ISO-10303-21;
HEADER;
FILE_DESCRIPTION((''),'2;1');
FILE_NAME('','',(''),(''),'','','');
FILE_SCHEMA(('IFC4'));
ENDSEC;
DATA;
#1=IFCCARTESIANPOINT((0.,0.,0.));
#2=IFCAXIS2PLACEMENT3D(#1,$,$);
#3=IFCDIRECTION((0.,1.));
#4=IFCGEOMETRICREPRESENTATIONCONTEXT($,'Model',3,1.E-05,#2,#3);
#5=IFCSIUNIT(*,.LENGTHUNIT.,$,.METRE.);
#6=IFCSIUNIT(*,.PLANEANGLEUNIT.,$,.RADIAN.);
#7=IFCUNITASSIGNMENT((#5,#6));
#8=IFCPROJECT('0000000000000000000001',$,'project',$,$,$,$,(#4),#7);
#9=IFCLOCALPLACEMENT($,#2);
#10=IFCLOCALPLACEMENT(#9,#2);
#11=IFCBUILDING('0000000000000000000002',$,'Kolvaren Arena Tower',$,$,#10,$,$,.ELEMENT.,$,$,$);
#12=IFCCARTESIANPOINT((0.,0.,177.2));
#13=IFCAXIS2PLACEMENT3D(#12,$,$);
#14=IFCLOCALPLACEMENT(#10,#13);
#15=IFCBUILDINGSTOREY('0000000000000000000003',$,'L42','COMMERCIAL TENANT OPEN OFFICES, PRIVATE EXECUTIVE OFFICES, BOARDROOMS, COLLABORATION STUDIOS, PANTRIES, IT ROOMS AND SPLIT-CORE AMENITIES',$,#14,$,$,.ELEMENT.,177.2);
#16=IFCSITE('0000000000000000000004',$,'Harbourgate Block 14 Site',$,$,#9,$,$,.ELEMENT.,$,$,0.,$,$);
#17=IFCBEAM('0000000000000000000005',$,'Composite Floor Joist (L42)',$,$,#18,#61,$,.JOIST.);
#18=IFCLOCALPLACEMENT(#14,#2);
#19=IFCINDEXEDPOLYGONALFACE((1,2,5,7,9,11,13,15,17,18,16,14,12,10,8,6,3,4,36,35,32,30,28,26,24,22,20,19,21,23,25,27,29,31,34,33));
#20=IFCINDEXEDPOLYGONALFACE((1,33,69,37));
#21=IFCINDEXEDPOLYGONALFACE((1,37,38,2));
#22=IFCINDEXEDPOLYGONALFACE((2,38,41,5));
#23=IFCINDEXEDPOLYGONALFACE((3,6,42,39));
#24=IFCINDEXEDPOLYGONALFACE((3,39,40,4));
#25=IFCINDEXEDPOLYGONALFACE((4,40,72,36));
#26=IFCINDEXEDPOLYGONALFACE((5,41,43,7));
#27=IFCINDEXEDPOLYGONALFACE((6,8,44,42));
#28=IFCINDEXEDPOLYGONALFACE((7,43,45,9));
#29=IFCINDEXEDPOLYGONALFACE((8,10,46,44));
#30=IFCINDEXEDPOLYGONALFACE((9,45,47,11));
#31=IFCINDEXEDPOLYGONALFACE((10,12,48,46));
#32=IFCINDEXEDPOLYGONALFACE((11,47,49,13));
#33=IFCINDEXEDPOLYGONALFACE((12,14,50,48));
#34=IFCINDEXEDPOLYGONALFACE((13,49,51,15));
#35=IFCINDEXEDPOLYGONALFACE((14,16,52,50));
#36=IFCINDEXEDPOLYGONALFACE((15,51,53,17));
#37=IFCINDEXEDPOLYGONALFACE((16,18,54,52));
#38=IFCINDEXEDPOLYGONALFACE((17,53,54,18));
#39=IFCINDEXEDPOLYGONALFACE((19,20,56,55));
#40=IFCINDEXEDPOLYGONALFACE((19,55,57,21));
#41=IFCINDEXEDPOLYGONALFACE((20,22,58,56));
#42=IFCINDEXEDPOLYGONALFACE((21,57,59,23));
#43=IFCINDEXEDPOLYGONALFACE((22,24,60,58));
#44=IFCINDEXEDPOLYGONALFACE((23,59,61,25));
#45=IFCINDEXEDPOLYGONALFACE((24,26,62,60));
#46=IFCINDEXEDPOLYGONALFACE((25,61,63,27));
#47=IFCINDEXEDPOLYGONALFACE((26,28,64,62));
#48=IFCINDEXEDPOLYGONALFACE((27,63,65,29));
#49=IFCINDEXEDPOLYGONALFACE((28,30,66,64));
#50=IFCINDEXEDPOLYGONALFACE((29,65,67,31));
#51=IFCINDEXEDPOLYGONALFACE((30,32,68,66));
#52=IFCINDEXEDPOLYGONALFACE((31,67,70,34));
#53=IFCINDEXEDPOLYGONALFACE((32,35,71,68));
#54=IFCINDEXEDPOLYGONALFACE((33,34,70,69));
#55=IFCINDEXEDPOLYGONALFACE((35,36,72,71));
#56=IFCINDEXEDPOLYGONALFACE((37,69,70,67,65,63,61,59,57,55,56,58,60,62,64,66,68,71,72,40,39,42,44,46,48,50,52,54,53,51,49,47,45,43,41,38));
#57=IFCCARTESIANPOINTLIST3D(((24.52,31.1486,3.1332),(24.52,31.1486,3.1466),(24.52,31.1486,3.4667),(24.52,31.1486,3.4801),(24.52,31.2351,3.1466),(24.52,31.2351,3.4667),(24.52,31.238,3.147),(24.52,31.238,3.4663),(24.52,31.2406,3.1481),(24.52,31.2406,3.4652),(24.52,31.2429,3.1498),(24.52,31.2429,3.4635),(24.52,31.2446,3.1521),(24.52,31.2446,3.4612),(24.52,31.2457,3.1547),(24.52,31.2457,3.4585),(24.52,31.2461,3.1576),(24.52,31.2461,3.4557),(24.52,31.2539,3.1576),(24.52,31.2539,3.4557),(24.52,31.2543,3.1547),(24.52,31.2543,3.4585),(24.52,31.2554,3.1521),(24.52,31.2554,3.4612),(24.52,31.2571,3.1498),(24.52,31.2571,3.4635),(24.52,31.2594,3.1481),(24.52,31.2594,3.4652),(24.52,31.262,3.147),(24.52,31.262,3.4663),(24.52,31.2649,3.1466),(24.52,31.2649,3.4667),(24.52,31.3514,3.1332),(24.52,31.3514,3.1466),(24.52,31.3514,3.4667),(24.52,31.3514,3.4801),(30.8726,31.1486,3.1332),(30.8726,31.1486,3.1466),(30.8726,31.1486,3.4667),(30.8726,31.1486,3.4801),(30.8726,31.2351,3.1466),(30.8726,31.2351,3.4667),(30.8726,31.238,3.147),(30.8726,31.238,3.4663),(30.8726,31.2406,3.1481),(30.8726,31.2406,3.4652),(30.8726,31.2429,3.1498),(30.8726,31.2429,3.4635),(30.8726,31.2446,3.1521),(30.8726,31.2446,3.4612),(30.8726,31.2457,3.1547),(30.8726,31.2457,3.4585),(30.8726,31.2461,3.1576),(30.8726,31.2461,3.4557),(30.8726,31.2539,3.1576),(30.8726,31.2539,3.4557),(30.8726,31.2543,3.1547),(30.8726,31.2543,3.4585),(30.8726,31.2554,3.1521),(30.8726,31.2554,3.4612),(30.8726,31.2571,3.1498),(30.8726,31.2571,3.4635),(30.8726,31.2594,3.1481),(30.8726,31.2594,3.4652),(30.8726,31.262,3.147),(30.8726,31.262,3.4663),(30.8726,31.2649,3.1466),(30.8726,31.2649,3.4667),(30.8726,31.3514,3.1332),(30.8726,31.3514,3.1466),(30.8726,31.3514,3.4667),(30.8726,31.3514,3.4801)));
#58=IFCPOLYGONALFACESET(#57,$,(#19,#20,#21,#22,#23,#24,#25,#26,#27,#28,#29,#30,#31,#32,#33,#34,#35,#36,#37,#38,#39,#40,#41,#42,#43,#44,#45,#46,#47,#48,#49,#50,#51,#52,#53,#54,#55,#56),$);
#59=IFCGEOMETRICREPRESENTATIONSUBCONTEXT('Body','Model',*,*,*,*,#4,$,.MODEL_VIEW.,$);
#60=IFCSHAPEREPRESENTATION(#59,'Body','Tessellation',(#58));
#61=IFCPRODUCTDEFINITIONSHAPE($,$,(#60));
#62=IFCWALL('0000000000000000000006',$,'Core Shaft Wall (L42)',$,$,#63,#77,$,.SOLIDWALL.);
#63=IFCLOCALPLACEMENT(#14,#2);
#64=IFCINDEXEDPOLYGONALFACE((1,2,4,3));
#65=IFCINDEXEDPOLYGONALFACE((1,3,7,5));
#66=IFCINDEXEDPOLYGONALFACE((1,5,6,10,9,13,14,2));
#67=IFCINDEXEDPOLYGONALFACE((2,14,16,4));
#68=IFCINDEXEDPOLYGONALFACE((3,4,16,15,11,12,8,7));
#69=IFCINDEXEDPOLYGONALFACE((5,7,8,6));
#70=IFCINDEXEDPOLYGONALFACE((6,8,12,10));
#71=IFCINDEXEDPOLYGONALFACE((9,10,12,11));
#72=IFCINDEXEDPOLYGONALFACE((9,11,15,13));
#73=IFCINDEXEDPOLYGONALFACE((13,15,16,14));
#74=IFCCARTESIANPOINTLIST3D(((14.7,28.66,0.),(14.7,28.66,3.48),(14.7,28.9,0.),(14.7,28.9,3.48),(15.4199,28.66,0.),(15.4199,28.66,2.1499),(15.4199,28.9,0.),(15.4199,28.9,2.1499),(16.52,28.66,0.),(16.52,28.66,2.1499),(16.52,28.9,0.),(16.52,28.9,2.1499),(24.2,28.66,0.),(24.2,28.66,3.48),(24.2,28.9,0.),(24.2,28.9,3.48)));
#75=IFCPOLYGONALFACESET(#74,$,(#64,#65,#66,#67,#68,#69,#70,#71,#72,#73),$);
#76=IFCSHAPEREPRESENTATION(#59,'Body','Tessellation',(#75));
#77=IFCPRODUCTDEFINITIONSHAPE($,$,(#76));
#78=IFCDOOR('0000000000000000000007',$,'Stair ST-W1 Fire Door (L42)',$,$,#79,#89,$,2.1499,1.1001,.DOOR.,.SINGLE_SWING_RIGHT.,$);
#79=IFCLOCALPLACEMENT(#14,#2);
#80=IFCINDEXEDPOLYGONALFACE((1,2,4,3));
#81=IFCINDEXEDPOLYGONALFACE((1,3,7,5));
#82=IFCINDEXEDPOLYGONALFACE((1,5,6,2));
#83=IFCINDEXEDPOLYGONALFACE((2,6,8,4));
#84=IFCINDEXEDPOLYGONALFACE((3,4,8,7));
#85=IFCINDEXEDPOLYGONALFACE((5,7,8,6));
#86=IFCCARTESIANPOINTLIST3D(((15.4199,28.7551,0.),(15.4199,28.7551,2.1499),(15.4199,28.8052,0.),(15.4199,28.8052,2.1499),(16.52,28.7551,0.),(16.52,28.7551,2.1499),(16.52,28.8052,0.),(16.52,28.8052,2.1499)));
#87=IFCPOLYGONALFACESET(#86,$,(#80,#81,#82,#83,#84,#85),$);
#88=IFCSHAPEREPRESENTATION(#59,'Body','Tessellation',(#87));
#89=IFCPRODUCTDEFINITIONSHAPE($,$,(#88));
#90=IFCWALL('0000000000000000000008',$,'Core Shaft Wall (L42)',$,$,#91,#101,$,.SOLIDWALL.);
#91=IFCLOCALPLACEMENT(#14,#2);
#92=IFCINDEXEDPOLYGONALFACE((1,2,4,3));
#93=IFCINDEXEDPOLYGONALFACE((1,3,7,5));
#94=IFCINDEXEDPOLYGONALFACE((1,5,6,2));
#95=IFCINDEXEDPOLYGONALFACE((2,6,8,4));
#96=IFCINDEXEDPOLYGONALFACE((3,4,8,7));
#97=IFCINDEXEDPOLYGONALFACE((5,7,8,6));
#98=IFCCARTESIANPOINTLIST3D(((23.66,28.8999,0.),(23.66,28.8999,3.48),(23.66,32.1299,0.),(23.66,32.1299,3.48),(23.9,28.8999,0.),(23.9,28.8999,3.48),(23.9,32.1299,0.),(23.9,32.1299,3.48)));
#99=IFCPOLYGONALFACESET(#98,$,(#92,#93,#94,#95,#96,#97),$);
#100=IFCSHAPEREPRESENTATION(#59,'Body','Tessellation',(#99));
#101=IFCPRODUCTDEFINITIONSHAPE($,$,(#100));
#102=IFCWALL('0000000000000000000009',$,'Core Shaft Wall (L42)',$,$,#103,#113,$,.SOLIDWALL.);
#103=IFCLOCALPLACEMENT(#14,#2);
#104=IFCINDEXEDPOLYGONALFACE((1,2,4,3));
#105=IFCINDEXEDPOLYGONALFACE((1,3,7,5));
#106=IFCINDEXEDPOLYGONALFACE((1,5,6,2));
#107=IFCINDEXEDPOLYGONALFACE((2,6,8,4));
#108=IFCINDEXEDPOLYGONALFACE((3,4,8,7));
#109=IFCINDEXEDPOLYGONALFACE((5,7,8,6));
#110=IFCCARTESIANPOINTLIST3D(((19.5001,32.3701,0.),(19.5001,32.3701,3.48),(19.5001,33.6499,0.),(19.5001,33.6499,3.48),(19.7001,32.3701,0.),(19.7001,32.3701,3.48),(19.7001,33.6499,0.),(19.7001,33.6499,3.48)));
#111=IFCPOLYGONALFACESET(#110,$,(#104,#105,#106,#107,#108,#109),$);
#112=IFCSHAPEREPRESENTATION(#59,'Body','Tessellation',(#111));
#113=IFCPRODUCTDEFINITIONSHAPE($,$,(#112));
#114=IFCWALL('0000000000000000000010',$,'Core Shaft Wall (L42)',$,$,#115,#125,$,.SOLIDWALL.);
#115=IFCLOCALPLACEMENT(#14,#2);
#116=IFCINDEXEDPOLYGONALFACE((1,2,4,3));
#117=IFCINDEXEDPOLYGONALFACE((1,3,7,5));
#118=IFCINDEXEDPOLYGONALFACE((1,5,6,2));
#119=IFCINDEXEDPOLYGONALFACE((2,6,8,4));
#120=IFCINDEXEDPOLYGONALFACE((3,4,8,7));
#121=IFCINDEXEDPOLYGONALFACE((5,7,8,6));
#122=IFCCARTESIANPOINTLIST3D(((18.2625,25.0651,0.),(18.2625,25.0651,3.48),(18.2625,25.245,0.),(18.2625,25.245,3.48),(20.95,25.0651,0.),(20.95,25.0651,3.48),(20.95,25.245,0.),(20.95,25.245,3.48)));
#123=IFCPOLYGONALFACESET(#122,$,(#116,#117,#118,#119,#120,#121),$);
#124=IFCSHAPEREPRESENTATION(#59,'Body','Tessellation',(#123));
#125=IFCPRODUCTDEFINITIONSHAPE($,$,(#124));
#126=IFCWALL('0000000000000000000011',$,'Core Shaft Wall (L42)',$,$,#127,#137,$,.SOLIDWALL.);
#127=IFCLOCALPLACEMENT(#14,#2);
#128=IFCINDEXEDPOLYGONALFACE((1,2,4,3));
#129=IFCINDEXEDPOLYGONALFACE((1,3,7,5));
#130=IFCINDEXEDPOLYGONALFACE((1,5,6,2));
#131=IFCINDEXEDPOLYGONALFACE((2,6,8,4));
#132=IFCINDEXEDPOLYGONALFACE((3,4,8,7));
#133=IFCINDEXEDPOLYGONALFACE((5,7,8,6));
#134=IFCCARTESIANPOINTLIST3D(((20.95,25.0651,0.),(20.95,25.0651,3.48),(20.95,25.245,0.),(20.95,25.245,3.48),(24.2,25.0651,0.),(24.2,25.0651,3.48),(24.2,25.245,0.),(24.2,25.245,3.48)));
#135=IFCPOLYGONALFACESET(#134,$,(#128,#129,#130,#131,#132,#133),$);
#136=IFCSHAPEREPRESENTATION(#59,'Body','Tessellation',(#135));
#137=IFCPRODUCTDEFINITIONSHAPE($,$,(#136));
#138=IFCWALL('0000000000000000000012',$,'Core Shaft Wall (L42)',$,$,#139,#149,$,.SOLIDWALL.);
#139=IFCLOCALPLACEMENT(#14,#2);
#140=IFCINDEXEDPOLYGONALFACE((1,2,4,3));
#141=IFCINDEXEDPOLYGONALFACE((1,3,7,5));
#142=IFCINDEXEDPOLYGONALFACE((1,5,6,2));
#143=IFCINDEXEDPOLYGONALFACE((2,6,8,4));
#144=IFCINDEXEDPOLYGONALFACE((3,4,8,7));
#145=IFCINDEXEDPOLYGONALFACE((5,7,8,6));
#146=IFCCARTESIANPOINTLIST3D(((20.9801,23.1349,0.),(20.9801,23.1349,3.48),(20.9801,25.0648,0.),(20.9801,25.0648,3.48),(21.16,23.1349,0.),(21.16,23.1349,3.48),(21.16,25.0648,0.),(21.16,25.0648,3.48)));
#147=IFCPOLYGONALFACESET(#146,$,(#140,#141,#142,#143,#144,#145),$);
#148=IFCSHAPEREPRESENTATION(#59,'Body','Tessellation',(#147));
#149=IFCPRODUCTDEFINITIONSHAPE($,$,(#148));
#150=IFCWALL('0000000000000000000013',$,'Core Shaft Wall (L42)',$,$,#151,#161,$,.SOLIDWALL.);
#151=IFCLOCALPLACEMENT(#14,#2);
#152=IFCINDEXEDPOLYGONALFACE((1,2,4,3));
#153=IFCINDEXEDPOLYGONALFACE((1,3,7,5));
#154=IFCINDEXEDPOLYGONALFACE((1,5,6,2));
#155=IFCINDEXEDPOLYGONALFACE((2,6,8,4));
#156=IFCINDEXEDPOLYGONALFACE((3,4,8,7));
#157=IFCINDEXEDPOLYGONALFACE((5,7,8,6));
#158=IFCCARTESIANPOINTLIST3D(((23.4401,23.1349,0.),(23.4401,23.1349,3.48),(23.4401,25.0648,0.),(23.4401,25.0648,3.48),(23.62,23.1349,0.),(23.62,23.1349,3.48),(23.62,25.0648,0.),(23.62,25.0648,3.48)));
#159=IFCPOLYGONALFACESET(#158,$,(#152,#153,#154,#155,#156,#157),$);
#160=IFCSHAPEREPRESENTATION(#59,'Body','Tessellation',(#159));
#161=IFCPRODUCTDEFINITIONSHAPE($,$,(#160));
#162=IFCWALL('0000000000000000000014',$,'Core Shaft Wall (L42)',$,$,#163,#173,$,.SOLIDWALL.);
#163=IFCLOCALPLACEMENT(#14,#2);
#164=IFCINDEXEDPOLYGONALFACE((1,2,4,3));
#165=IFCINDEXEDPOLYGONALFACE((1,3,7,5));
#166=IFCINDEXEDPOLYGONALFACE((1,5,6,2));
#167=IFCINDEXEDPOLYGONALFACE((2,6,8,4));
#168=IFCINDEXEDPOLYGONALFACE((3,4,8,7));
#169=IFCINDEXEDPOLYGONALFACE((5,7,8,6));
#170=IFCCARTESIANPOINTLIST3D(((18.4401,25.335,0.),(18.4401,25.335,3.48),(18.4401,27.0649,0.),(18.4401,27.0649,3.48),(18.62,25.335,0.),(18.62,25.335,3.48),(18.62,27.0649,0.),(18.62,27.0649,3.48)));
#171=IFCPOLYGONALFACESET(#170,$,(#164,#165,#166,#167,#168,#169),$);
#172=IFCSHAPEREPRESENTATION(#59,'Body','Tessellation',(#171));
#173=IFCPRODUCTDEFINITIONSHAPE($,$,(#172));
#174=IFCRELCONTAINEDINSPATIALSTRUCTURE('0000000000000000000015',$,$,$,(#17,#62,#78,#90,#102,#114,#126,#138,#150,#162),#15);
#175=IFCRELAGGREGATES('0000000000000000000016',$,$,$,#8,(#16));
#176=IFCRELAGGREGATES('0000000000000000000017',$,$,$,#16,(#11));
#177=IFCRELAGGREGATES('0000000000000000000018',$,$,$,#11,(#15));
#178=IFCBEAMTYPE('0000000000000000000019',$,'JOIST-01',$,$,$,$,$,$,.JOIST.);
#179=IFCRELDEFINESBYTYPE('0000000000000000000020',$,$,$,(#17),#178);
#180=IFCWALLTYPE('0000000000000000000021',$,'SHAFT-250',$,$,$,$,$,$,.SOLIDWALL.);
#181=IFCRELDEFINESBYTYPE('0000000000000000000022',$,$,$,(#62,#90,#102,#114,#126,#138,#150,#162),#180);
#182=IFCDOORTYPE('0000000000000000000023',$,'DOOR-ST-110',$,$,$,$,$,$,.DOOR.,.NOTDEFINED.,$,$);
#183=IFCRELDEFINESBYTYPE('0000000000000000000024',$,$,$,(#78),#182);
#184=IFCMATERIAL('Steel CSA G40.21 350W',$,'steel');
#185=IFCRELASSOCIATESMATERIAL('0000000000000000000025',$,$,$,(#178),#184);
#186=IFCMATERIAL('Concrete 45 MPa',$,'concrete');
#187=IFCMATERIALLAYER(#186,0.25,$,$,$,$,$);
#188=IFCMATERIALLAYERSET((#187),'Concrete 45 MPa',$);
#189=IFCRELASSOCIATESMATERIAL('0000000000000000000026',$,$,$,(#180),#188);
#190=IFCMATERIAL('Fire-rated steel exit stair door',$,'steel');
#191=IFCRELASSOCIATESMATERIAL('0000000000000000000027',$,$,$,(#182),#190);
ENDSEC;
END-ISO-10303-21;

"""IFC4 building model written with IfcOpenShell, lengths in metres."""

from ifc_helpers import new_model, si_unit, direction, frame, frame_2d, origin, origin_2d, place, context, subcontext, project, spatial, rectangle, i_section, extrude, material, layer, layer_set, material_profile, profile_set, type_object, element, fill, save


model = new_model("IFC4")

# Units and contexts
model_context = context("Model", 3, precision=1e-05, world=origin(), true_north=direction((0.0, 1.0)))
body_context = subcontext(model_context, "Body", "Model", "MODEL_VIEW")
ifc_project = project(units=[si_unit("LENGTHUNIT", "METRE"), si_unit("PLANEANGLEUNIT", "RADIAN")], contexts=[model_context])

# Site, building, storey
site_placement = place(None, origin())
site = spatial("IfcSite", under=ifc_project, at=site_placement, Name="Harbourgate Block 14 Site", CompositionType="ELEMENT", RefElevation=0.0)
building_placement = place(site_placement, origin())
building = spatial("IfcBuilding", under=site, at=building_placement, Name="Kolvaren Arena Tower", CompositionType="ELEMENT")
storey_placement = place(building_placement, frame((0.0, 0.0, 177.2)))
storey = spatial("IfcBuildingStorey", under=building, at=storey_placement, Name="L42", Description="COMMERCIAL TENANT OPEN OFFICES, PRIVATE EXECUTIVE OFFICES, BOARDROOMS, COLLABORATION STUDIOS, PANTRIES, IT ROOMS AND SPLIT-CORE AMENITIES", CompositionType="ELEMENT", Elevation=177.2)

# Beam
ifc_material_1 = material(Name="Steel CSA G40.21 350W", Category="steel")
ifc_material_profile_1 = material_profile(ifc_material_1, i_section(OverallWidth=0.2029, OverallDepth=0.3469, WebThickness=0.0078, FlangeThickness=0.0134, FilletRadius=0.011, at=origin_2d()), Name="W360x64")
ifc_profile_set_1 = profile_set([ifc_material_profile_1], Name="Steel CSA G40.21 350W")
beam_type_1 = type_object("IfcBeamType", Name="JOIST-01", PredefinedType="JOIST", material=ifc_profile_set_1)
beam_1_placement = place(storey_placement, frame((24.52, 31.25, 3.3066), z_axis=(1.0, 0.0, 0.0), x_axis=(0.0, 1.0, 0.0)))
element("IfcBeam", 1, at=beam_1_placement, inside=storey, type_object=beam_type_1, Name="Composite Floor Joist (L42)", PredefinedType="JOIST", context=body_context, shape_type="SweptSolid", body=[
    extrude(i_section(OverallWidth=0.2029, OverallDepth=0.3469, WebThickness=0.0078, FlangeThickness=0.0134, FilletRadius=0.011, at=origin_2d()), origin(), (0.0, 0.0, 1.0), 6.3525),
])

# Wall, opening, door
ifc_material_2 = material(Name="Concrete 45 MPa", Category="concrete")
ifc_layer = layer(ifc_material_2, 0.25)
ifc_layer_set = layer_set([ifc_layer], Name="Concrete 45 MPa")
wall_type = type_object("IfcWallType", Name="SHAFT-250", PredefinedType="SOLIDWALL", material=ifc_layer_set)
wall_1_placement = place(storey_placement, frame((24.2, 28.78, 0.0), z_axis=(0.0, 0.0, 1.0), x_axis=(-1.0, 0.0, 0.0)))
wall_1 = element("IfcWall", 2, at=wall_1_placement, inside=storey, type_object=wall_type, Name="Core Shaft Wall (L42)", PredefinedType="SOLIDWALL", context=body_context, shape_type="SweptSolid", body=[
    extrude(rectangle(XDim=9.5, YDim=0.24, at=frame_2d((4.75, 0.0))), origin(), (0.0, 0.0, 1.0), 3.48),
])
opening_placement = place(wall_1_placement, frame((7.6799, 0.0, 0.0)))
opening = element("IfcOpeningElement", 3, at=opening_placement, cuts=wall_1, PredefinedType="OPENING", context=body_context, shape_type="SweptSolid", body=[
    extrude(rectangle(XDim=1.1001, YDim=2.1499, at=frame_2d((0.55, 1.075))), frame((0.0, 0.1299, 0.0), z_axis=(0.0, -1.0, 0.0), x_axis=(1.0, 0.0, 0.0)), (0.0, 0.0, 1.0), 0.26),
])
ifc_material_3 = material(Name="Fire-rated steel exit stair door", Category="steel")
door_type = type_object("IfcDoorType", Name="DOOR-ST-110", OperationType="NOTDEFINED", PredefinedType="DOOR", material=ifc_material_3)
door_placement = place(opening_placement, origin())
door = element("IfcDoor", 4, at=door_placement, inside=storey, type_object=door_type, Name="Stair ST-W1 Fire Door (L42)", OperationType="SINGLE_SWING_RIGHT", OverallHeight=2.1499, OverallWidth=1.1001, PredefinedType="DOOR", context=body_context, shape_type="SweptSolid", body=[
    extrude(rectangle(XDim=1.1001, YDim=2.1499, at=frame_2d((0.55, 1.075))), frame((0.0, 0.0249, 0.0), z_axis=(0.0, -1.0, 0.0), x_axis=(1.0, 0.0, 0.0)), (0.0, 0.0, 1.0), 0.05),
])
fill(opening, door)

# Walls
wall_2_placement = place(storey_placement, frame((23.78, 28.8999, 0.0), z_axis=(0.0, 0.0, 1.0), x_axis=(0.0, 1.0, 0.0)))
element("IfcWall", 5, at=wall_2_placement, inside=storey, type_object=wall_type, Name="Core Shaft Wall (L42)", PredefinedType="SOLIDWALL", context=body_context, shape_type="SweptSolid", body=[
    extrude(rectangle(XDim=3.23, YDim=0.24, at=frame_2d((1.615, 0.0))), origin(), (0.0, 0.0, 1.0), 3.48),
])
wall_3_placement = place(storey_placement, frame((19.6001, 32.3701, 0.0), z_axis=(0.0, 0.0, 1.0), x_axis=(0.0, 1.0, 0.0)))
element("IfcWall", 6, at=wall_3_placement, inside=storey, type_object=wall_type, Name="Core Shaft Wall (L42)", PredefinedType="SOLIDWALL", context=body_context, shape_type="SweptSolid", body=[
    extrude(rectangle(XDim=1.2798, YDim=0.2, at=frame_2d((0.6399, 0.0))), origin(), (0.0, 0.0, 1.0), 3.48),
])
wall_4_placement = place(storey_placement, frame((18.2625, 25.155, 0.0), z_axis=(0.0, 0.0, 1.0), x_axis=(1.0, 0.0, 0.0)))
element("IfcWall", 7, at=wall_4_placement, inside=storey, type_object=wall_type, Name="Core Shaft Wall (L42)", PredefinedType="SOLIDWALL", context=body_context, shape_type="SweptSolid", body=[
    extrude(rectangle(XDim=2.6875, YDim=0.1799, at=frame_2d((1.3438, 0.0))), origin(), (0.0, 0.0, 1.0), 3.48),
])
wall_5_placement = place(storey_placement, frame((20.95, 25.155, 0.0), z_axis=(0.0, 0.0, 1.0), x_axis=(1.0, 0.0, 0.0)))
element("IfcWall", 8, at=wall_5_placement, inside=storey, type_object=wall_type, Name="Core Shaft Wall (L42)", PredefinedType="SOLIDWALL", context=body_context, shape_type="SweptSolid", body=[
    extrude(rectangle(XDim=3.25, YDim=0.1799, at=frame_2d((1.625, 0.0))), origin(), (0.0, 0.0, 1.0), 3.48),
])
for number, where, z_axis, x_axis, name in (
    (9, (21.0701, 23.135, 0.0), (0.0, 0.0, 1.0), (0.0, 1.0, 0.0), "Core Shaft Wall (L42)"),
    (10, (23.53, 23.135, 0.0), (0.0, 0.0, 1.0), (0.0, 1.0, 0.0), "Core Shaft Wall (L42)"),
):
    element("IfcWall", number, at=place(storey_placement, frame(where, z_axis=z_axis, x_axis=x_axis)), inside=storey, type_object=wall_type, Name=name, PredefinedType="SOLIDWALL", context=body_context, shape_type="SweptSolid", body=[
        extrude(rectangle(XDim=1.9299, YDim=0.1799, at=frame_2d((0.9648, 0.0))), origin(), (0.0, 0.0, 1.0), 3.48),
    ])
wall_6_placement = place(storey_placement, frame((18.53, 25.335, 0.0), z_axis=(0.0, 0.0, 1.0), x_axis=(0.0, 1.0, 0.0)))
element("IfcWall", 11, at=wall_6_placement, inside=storey, type_object=wall_type, Name="Core Shaft Wall (L42)", PredefinedType="SOLIDWALL", context=body_context, shape_type="SweptSolid", body=[
    extrude(rectangle(XDim=1.73, YDim=0.1799, at=frame_2d((0.865, 0.0))), origin(), (0.0, 0.0, 1.0), 3.48),
])

save(model, "model.ifc")
